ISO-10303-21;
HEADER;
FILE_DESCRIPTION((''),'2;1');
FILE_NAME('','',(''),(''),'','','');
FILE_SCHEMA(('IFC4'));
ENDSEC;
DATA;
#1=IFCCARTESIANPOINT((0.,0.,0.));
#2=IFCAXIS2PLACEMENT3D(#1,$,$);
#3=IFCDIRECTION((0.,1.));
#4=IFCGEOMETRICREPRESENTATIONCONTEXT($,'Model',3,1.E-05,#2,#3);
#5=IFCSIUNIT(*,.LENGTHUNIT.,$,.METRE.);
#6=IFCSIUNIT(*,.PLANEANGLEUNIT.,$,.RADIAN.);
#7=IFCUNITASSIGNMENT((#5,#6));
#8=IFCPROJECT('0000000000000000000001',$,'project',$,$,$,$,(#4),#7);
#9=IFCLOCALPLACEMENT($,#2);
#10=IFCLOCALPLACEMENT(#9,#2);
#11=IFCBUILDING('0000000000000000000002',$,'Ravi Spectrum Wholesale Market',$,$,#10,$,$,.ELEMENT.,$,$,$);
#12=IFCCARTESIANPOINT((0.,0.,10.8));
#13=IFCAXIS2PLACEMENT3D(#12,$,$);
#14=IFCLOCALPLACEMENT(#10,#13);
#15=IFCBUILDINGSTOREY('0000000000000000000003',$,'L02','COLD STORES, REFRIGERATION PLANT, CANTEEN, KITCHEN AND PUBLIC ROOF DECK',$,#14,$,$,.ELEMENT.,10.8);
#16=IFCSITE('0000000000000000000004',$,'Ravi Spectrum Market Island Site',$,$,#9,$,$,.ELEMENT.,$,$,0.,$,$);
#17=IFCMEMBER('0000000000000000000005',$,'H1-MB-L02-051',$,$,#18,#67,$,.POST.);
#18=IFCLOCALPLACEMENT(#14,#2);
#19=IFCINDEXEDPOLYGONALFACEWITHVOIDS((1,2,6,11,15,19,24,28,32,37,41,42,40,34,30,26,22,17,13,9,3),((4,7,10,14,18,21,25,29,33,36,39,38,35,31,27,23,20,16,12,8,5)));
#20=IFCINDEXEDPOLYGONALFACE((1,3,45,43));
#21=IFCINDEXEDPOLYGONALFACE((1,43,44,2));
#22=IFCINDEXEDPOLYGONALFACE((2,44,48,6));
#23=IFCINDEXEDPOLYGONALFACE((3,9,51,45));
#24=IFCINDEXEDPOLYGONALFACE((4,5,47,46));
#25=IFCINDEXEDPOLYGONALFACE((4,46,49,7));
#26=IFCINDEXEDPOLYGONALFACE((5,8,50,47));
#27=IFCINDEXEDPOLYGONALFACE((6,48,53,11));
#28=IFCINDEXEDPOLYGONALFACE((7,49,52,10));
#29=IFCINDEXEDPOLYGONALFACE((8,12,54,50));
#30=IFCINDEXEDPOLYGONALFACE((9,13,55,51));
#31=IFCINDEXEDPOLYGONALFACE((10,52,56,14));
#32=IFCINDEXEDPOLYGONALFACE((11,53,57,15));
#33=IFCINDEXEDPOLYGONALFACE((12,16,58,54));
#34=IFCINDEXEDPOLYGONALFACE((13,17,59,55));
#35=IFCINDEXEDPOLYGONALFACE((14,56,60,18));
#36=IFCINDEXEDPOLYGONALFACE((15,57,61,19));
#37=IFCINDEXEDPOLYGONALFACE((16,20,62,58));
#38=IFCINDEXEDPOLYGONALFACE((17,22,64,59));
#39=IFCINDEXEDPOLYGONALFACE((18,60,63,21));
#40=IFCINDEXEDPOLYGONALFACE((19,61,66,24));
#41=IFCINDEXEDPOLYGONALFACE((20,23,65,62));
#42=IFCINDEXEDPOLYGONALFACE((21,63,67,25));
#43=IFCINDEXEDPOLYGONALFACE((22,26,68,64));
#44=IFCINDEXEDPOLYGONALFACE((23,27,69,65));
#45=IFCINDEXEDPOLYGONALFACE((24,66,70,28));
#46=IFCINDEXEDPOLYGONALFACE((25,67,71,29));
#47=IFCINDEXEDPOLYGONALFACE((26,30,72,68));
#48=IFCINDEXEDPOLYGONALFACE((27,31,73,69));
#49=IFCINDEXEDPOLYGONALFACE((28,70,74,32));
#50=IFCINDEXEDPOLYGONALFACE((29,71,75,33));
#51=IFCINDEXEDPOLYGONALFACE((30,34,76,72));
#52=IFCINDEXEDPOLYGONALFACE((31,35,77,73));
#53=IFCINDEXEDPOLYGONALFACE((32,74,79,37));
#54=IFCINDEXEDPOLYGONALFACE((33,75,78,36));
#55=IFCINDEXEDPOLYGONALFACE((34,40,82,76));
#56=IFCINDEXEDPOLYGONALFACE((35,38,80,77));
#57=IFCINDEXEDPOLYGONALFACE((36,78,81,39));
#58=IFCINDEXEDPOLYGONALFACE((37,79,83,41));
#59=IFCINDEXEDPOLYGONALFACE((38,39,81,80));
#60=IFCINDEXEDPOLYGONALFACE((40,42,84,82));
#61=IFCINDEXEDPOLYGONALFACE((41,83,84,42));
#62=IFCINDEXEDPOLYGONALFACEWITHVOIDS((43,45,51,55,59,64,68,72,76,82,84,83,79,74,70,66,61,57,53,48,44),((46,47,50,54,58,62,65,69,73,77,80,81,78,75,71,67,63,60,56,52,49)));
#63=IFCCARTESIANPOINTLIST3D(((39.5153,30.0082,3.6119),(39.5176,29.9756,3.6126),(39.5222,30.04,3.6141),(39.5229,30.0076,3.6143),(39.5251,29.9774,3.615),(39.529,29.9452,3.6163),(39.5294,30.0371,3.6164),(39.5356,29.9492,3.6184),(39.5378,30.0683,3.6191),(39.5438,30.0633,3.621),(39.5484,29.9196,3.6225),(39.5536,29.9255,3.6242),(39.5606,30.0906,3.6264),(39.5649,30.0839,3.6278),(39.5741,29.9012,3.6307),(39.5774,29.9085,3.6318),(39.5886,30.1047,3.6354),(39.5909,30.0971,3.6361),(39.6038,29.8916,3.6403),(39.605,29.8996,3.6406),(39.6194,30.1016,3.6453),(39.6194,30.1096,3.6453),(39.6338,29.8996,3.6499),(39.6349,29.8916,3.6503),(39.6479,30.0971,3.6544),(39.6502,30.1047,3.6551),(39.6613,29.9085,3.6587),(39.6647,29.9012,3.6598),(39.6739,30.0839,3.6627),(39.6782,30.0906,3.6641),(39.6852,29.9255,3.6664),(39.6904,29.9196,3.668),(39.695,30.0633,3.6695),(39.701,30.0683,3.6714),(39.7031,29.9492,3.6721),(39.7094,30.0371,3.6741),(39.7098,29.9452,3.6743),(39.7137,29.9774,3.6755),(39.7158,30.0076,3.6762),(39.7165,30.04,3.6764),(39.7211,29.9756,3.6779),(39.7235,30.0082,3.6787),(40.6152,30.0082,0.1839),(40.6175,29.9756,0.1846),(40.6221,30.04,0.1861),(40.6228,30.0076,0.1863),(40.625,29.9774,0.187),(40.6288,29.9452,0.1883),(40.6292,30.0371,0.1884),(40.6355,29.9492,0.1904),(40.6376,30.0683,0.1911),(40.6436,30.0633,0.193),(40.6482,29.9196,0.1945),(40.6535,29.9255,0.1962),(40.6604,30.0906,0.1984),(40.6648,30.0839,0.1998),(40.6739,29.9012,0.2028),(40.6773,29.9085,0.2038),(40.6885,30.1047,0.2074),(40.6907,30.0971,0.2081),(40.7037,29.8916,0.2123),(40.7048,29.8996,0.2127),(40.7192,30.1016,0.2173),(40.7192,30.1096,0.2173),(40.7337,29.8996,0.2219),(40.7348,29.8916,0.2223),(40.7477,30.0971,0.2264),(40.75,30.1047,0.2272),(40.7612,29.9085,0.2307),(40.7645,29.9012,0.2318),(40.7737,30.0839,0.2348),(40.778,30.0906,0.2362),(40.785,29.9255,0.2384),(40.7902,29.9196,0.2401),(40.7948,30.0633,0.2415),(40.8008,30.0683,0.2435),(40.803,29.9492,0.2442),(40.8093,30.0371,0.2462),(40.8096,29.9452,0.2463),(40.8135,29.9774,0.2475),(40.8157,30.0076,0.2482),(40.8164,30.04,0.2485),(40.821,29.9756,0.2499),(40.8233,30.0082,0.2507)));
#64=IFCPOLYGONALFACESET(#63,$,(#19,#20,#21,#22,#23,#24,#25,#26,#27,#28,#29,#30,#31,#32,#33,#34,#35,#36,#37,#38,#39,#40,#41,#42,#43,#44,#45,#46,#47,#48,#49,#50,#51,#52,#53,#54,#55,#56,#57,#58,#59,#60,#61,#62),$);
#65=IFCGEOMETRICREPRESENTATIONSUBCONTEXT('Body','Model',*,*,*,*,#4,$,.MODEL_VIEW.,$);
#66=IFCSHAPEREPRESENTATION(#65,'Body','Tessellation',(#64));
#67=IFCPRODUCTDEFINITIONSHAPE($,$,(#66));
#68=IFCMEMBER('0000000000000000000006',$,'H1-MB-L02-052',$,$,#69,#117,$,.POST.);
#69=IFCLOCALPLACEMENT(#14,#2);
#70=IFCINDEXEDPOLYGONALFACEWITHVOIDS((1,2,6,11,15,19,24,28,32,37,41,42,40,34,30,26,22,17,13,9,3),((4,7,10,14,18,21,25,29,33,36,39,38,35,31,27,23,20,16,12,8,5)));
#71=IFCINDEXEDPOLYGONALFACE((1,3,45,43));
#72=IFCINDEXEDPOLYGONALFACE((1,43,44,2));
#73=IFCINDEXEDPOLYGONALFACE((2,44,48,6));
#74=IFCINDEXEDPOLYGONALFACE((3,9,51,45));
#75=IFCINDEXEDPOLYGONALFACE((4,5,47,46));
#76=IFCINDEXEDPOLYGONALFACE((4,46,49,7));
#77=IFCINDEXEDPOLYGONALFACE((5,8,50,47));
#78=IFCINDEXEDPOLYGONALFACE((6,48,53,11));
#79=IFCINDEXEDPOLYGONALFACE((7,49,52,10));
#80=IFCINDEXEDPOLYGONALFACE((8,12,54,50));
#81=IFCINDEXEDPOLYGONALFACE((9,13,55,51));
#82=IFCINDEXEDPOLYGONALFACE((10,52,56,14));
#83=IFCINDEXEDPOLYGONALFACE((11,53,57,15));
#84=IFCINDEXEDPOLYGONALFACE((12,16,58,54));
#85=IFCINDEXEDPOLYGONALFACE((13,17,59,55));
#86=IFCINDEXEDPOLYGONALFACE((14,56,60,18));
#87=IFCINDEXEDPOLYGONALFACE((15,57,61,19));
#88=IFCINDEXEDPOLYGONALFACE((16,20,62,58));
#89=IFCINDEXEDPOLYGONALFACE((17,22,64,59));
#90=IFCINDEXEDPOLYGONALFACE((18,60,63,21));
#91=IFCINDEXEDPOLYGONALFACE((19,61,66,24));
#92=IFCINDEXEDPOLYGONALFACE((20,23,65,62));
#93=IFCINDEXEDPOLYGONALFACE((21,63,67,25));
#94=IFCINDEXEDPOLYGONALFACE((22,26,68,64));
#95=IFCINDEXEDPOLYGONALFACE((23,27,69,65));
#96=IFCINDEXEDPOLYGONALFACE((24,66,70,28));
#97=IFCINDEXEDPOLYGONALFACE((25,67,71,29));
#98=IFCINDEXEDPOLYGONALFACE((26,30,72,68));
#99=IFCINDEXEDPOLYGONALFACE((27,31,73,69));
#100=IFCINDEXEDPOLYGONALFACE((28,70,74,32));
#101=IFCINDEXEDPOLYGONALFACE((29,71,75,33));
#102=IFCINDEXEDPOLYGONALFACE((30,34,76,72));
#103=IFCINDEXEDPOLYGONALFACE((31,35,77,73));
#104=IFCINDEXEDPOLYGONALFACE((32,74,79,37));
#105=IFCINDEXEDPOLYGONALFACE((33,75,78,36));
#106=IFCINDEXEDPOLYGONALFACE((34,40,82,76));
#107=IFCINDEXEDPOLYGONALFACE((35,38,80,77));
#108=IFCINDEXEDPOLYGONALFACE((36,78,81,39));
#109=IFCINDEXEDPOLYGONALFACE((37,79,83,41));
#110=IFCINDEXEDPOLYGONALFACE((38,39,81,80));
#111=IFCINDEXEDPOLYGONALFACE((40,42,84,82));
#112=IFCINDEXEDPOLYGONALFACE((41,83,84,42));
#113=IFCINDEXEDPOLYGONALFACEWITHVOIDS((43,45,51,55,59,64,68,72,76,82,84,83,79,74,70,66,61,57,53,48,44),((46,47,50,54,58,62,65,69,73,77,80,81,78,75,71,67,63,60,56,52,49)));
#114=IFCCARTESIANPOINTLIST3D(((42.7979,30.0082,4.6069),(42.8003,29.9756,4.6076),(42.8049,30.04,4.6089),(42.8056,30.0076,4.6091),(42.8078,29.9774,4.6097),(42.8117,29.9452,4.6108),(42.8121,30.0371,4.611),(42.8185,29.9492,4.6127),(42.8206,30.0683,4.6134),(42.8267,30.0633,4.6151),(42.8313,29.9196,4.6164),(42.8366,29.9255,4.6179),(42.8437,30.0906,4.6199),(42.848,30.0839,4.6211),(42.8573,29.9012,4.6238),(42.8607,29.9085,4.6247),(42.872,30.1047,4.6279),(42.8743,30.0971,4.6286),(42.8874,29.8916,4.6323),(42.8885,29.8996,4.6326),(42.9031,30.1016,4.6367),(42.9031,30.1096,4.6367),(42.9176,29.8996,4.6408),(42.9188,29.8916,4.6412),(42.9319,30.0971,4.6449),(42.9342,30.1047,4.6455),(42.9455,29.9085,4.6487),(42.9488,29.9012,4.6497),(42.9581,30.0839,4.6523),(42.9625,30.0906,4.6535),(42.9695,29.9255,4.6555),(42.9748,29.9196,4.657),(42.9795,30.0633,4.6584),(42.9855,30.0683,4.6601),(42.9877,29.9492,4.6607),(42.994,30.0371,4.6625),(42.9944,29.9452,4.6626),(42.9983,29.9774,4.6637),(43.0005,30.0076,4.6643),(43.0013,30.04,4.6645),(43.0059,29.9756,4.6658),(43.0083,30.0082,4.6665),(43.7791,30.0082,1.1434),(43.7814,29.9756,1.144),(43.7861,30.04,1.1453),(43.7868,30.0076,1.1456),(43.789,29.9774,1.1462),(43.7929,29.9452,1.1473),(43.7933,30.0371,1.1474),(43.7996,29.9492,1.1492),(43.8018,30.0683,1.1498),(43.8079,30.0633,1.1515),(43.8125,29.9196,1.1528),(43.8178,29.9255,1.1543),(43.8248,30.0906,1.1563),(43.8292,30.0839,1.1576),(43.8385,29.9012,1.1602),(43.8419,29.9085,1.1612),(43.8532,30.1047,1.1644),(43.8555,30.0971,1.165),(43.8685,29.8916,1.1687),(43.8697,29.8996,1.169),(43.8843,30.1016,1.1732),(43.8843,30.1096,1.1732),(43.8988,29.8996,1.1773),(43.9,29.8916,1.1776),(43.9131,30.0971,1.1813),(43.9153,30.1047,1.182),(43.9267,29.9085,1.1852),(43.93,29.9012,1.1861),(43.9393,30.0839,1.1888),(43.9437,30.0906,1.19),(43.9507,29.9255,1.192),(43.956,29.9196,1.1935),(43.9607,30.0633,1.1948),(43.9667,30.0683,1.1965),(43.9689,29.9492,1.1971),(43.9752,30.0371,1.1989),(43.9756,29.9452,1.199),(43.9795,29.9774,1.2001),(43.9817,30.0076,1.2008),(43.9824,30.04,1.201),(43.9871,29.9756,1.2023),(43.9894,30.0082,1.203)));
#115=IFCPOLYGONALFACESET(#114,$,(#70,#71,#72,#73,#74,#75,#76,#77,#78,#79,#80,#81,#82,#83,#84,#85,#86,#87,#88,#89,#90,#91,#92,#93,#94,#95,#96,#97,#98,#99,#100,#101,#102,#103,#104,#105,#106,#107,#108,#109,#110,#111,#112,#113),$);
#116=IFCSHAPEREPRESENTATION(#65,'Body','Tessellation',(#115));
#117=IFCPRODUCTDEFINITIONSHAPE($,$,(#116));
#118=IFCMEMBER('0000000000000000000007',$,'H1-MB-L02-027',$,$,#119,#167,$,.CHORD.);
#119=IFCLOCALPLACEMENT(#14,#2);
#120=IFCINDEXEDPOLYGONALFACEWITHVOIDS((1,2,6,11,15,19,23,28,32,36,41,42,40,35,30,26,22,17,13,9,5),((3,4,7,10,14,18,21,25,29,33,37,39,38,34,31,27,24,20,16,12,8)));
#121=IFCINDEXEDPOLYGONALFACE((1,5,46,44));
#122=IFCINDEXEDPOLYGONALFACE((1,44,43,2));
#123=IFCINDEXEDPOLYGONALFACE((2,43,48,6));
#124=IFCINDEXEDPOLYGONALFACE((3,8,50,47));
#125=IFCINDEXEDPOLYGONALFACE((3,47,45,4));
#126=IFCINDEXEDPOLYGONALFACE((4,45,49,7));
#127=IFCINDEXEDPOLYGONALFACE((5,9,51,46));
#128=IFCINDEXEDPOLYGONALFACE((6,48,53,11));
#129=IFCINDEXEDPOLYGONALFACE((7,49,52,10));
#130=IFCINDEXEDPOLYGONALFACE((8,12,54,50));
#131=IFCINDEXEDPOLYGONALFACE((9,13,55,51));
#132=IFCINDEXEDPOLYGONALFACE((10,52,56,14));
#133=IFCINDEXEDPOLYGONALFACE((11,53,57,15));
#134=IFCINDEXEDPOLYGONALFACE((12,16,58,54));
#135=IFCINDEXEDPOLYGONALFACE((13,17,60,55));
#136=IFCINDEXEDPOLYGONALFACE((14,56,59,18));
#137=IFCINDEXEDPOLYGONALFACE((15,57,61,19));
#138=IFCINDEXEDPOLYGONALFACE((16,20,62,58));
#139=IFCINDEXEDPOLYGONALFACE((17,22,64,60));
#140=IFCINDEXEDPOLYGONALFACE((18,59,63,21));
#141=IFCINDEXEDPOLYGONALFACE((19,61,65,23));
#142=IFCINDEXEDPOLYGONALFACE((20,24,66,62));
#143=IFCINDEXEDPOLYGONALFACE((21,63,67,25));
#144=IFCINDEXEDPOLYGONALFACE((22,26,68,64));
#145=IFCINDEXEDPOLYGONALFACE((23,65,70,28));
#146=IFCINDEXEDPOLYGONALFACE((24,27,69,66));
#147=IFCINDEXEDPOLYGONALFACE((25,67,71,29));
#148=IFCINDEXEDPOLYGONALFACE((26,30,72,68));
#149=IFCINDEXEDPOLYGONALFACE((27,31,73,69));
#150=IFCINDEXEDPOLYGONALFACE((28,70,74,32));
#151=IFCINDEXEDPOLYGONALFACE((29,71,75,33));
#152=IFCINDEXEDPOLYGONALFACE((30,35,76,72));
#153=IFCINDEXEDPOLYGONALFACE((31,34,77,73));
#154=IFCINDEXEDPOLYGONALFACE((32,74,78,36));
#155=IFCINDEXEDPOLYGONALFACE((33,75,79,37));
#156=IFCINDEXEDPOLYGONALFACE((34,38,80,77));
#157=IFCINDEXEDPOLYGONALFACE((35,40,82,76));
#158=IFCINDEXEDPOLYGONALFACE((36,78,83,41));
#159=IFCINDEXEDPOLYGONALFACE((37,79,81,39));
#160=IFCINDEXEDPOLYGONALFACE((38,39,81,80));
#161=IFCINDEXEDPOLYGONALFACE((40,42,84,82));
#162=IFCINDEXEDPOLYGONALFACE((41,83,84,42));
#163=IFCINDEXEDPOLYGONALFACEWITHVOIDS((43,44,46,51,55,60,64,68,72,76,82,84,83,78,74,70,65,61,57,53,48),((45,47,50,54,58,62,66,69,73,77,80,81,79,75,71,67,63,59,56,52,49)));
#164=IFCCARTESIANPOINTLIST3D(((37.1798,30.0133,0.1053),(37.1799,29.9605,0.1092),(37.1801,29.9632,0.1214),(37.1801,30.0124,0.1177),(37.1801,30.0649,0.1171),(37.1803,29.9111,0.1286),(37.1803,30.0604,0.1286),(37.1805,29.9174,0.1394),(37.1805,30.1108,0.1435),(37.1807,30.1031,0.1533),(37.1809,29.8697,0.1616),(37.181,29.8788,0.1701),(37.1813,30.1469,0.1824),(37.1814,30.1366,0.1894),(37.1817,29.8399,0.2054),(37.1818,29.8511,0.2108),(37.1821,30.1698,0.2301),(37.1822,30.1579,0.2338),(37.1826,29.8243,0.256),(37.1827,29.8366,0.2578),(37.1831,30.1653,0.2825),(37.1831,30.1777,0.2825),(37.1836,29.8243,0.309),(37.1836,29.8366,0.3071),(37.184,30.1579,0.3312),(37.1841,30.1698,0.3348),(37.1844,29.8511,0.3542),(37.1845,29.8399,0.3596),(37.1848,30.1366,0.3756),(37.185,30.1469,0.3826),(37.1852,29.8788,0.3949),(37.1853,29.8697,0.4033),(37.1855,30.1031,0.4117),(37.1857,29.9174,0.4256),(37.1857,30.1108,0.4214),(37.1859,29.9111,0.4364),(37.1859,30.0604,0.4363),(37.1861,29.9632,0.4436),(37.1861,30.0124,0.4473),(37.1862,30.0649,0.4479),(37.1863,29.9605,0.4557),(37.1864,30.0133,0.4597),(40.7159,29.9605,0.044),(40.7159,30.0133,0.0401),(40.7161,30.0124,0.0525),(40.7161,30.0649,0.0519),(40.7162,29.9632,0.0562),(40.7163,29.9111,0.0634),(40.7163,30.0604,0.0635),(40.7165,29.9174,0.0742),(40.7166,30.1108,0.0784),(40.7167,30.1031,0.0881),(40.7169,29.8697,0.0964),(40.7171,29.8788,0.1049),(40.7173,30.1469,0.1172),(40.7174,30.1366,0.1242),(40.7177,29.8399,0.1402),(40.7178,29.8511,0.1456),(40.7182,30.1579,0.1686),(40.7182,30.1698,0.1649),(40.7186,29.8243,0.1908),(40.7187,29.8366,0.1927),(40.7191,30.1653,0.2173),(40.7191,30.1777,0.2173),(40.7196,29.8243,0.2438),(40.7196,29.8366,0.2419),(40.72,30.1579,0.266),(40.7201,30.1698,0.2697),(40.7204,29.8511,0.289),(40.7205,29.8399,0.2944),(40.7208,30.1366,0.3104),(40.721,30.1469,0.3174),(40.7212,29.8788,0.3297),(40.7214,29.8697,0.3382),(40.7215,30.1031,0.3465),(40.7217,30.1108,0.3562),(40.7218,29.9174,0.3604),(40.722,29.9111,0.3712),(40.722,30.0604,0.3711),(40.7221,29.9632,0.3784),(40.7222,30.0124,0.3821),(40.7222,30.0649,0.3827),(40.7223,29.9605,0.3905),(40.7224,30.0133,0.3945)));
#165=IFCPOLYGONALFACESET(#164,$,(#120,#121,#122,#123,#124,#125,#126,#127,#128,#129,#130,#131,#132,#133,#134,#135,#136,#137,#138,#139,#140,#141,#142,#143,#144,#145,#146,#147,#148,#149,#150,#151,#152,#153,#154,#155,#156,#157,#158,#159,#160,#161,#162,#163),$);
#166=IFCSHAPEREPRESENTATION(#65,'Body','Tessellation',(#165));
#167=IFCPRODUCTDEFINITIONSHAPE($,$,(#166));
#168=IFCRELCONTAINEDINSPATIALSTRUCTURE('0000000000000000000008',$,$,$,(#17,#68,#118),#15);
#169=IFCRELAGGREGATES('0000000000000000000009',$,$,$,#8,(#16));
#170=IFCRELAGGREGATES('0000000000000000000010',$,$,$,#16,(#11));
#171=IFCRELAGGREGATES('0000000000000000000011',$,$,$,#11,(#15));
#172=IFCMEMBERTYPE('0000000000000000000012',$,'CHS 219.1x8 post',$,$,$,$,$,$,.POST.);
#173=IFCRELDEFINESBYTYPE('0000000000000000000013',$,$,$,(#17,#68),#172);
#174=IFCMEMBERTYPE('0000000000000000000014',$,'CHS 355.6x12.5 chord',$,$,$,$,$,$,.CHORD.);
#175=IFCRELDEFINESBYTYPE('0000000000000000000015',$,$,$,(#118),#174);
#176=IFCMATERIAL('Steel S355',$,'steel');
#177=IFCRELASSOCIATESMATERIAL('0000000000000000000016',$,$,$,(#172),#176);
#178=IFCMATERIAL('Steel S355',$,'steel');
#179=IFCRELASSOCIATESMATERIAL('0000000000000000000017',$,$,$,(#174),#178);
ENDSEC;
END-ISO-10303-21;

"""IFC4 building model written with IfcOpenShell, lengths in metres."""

from ifc_helpers import new_model, si_unit, direction, frame, origin, origin_2d, place, context, subcontext, project, spatial, hollow_circle, extrude, material, material_profile, profile_set, type_object, element, save


model = new_model("IFC4")

# Units and contexts
model_context = context("Model", 3, precision=1e-05, world=origin(), true_north=direction((0.0, 1.0)))
body_context = subcontext(model_context, "Body", "Model", "MODEL_VIEW")
ifc_project = project(units=[si_unit("LENGTHUNIT", "METRE"), si_unit("PLANEANGLEUNIT", "RADIAN")], contexts=[model_context])

# Site, building, storey
site_placement = place(None, origin())
site = spatial("IfcSite", under=ifc_project, at=site_placement, Name="Ravi Spectrum Market Island Site", CompositionType="ELEMENT", RefElevation=0.0)
building_placement = place(site_placement, origin())
building = spatial("IfcBuilding", under=site, at=building_placement, Name="Ravi Spectrum Wholesale Market", CompositionType="ELEMENT")
storey_placement = place(building_placement, frame((0.0, 0.0, 10.8)))
storey = spatial("IfcBuildingStorey", under=building, at=storey_placement, Name="L02", Description="COLD STORES, REFRIGERATION PLANT, CANTEEN, KITCHEN AND PUBLIC ROOF DECK", CompositionType="ELEMENT", Elevation=10.8)

# Members
ifc_material_1 = material(Name="Steel S355", Category="steel")
ifc_material_profile_1 = material_profile(ifc_material_1, hollow_circle(Radius=0.1096, WallThickness=0.0081, at=origin_2d()))
ifc_profile_set_1 = profile_set([ifc_material_profile_1], Name="Steel S355")
member_type_1 = type_object("IfcMemberType", Name="CHS 219.1x8 post", PredefinedType="POST", material=ifc_profile_set_1)
member_1_placement = place(storey_placement, frame((39.6194, 30.0, 3.6453), z_axis=(0.305506, 0.0, -0.95219), x_axis=(0.0, 1.0, 0.0)))
element("IfcMember", 1, at=member_1_placement, inside=storey, type_object=member_type_1, Name="H1-MB-L02-051", PredefinedType="POST", context=body_context, shape_type="SweptSolid", body=[
    extrude(hollow_circle(Radius=0.1096, WallThickness=0.0081, at=origin_2d()), origin(), (0.0, 0.0, 1.0), 3.6001),
])
member_2_placement = place(storey_placement, frame((42.9031, 30.0, 4.6367), z_axis=(0.272562, 0.0, -0.962138), x_axis=(0.0, 1.0, 0.0)))
element("IfcMember", 2, at=member_2_placement, inside=storey, type_object=member_type_1, Name="H1-MB-L02-052", PredefinedType="POST", context=body_context, shape_type="SweptSolid", body=[
    extrude(hollow_circle(Radius=0.1096, WallThickness=0.0081, at=origin_2d()), origin(), (0.0, 0.0, 1.0), 3.5999),
])
ifc_material_2 = material(Name="Steel S355", Category="steel")
ifc_material_profile_2 = material_profile(ifc_material_2, hollow_circle(Radius=0.1777, WallThickness=0.0125, at=origin_2d()))
ifc_profile_set_2 = profile_set([ifc_material_profile_2], Name="Steel S355")
member_type_2 = type_object("IfcMemberType", Name="CHS 355.6x12.5 chord", PredefinedType="CHORD", material=ifc_profile_set_2)
member_3_placement = place(storey_placement, frame((37.1831, 30.0, 0.2825), z_axis=(0.99983, 0.0, -0.018431), x_axis=(0.0, 1.0, 0.0)))
element("IfcMember", 3, at=member_3_placement, inside=storey, type_object=member_type_2, Name="H1-MB-L02-027", PredefinedType="CHORD", context=body_context, shape_type="SweptSolid", body=[
    extrude(hollow_circle(Radius=0.1777, WallThickness=0.0125, at=origin_2d()), origin(), (0.0, 0.0, 1.0), 3.5366),
])

save(model, "model.ifc")
